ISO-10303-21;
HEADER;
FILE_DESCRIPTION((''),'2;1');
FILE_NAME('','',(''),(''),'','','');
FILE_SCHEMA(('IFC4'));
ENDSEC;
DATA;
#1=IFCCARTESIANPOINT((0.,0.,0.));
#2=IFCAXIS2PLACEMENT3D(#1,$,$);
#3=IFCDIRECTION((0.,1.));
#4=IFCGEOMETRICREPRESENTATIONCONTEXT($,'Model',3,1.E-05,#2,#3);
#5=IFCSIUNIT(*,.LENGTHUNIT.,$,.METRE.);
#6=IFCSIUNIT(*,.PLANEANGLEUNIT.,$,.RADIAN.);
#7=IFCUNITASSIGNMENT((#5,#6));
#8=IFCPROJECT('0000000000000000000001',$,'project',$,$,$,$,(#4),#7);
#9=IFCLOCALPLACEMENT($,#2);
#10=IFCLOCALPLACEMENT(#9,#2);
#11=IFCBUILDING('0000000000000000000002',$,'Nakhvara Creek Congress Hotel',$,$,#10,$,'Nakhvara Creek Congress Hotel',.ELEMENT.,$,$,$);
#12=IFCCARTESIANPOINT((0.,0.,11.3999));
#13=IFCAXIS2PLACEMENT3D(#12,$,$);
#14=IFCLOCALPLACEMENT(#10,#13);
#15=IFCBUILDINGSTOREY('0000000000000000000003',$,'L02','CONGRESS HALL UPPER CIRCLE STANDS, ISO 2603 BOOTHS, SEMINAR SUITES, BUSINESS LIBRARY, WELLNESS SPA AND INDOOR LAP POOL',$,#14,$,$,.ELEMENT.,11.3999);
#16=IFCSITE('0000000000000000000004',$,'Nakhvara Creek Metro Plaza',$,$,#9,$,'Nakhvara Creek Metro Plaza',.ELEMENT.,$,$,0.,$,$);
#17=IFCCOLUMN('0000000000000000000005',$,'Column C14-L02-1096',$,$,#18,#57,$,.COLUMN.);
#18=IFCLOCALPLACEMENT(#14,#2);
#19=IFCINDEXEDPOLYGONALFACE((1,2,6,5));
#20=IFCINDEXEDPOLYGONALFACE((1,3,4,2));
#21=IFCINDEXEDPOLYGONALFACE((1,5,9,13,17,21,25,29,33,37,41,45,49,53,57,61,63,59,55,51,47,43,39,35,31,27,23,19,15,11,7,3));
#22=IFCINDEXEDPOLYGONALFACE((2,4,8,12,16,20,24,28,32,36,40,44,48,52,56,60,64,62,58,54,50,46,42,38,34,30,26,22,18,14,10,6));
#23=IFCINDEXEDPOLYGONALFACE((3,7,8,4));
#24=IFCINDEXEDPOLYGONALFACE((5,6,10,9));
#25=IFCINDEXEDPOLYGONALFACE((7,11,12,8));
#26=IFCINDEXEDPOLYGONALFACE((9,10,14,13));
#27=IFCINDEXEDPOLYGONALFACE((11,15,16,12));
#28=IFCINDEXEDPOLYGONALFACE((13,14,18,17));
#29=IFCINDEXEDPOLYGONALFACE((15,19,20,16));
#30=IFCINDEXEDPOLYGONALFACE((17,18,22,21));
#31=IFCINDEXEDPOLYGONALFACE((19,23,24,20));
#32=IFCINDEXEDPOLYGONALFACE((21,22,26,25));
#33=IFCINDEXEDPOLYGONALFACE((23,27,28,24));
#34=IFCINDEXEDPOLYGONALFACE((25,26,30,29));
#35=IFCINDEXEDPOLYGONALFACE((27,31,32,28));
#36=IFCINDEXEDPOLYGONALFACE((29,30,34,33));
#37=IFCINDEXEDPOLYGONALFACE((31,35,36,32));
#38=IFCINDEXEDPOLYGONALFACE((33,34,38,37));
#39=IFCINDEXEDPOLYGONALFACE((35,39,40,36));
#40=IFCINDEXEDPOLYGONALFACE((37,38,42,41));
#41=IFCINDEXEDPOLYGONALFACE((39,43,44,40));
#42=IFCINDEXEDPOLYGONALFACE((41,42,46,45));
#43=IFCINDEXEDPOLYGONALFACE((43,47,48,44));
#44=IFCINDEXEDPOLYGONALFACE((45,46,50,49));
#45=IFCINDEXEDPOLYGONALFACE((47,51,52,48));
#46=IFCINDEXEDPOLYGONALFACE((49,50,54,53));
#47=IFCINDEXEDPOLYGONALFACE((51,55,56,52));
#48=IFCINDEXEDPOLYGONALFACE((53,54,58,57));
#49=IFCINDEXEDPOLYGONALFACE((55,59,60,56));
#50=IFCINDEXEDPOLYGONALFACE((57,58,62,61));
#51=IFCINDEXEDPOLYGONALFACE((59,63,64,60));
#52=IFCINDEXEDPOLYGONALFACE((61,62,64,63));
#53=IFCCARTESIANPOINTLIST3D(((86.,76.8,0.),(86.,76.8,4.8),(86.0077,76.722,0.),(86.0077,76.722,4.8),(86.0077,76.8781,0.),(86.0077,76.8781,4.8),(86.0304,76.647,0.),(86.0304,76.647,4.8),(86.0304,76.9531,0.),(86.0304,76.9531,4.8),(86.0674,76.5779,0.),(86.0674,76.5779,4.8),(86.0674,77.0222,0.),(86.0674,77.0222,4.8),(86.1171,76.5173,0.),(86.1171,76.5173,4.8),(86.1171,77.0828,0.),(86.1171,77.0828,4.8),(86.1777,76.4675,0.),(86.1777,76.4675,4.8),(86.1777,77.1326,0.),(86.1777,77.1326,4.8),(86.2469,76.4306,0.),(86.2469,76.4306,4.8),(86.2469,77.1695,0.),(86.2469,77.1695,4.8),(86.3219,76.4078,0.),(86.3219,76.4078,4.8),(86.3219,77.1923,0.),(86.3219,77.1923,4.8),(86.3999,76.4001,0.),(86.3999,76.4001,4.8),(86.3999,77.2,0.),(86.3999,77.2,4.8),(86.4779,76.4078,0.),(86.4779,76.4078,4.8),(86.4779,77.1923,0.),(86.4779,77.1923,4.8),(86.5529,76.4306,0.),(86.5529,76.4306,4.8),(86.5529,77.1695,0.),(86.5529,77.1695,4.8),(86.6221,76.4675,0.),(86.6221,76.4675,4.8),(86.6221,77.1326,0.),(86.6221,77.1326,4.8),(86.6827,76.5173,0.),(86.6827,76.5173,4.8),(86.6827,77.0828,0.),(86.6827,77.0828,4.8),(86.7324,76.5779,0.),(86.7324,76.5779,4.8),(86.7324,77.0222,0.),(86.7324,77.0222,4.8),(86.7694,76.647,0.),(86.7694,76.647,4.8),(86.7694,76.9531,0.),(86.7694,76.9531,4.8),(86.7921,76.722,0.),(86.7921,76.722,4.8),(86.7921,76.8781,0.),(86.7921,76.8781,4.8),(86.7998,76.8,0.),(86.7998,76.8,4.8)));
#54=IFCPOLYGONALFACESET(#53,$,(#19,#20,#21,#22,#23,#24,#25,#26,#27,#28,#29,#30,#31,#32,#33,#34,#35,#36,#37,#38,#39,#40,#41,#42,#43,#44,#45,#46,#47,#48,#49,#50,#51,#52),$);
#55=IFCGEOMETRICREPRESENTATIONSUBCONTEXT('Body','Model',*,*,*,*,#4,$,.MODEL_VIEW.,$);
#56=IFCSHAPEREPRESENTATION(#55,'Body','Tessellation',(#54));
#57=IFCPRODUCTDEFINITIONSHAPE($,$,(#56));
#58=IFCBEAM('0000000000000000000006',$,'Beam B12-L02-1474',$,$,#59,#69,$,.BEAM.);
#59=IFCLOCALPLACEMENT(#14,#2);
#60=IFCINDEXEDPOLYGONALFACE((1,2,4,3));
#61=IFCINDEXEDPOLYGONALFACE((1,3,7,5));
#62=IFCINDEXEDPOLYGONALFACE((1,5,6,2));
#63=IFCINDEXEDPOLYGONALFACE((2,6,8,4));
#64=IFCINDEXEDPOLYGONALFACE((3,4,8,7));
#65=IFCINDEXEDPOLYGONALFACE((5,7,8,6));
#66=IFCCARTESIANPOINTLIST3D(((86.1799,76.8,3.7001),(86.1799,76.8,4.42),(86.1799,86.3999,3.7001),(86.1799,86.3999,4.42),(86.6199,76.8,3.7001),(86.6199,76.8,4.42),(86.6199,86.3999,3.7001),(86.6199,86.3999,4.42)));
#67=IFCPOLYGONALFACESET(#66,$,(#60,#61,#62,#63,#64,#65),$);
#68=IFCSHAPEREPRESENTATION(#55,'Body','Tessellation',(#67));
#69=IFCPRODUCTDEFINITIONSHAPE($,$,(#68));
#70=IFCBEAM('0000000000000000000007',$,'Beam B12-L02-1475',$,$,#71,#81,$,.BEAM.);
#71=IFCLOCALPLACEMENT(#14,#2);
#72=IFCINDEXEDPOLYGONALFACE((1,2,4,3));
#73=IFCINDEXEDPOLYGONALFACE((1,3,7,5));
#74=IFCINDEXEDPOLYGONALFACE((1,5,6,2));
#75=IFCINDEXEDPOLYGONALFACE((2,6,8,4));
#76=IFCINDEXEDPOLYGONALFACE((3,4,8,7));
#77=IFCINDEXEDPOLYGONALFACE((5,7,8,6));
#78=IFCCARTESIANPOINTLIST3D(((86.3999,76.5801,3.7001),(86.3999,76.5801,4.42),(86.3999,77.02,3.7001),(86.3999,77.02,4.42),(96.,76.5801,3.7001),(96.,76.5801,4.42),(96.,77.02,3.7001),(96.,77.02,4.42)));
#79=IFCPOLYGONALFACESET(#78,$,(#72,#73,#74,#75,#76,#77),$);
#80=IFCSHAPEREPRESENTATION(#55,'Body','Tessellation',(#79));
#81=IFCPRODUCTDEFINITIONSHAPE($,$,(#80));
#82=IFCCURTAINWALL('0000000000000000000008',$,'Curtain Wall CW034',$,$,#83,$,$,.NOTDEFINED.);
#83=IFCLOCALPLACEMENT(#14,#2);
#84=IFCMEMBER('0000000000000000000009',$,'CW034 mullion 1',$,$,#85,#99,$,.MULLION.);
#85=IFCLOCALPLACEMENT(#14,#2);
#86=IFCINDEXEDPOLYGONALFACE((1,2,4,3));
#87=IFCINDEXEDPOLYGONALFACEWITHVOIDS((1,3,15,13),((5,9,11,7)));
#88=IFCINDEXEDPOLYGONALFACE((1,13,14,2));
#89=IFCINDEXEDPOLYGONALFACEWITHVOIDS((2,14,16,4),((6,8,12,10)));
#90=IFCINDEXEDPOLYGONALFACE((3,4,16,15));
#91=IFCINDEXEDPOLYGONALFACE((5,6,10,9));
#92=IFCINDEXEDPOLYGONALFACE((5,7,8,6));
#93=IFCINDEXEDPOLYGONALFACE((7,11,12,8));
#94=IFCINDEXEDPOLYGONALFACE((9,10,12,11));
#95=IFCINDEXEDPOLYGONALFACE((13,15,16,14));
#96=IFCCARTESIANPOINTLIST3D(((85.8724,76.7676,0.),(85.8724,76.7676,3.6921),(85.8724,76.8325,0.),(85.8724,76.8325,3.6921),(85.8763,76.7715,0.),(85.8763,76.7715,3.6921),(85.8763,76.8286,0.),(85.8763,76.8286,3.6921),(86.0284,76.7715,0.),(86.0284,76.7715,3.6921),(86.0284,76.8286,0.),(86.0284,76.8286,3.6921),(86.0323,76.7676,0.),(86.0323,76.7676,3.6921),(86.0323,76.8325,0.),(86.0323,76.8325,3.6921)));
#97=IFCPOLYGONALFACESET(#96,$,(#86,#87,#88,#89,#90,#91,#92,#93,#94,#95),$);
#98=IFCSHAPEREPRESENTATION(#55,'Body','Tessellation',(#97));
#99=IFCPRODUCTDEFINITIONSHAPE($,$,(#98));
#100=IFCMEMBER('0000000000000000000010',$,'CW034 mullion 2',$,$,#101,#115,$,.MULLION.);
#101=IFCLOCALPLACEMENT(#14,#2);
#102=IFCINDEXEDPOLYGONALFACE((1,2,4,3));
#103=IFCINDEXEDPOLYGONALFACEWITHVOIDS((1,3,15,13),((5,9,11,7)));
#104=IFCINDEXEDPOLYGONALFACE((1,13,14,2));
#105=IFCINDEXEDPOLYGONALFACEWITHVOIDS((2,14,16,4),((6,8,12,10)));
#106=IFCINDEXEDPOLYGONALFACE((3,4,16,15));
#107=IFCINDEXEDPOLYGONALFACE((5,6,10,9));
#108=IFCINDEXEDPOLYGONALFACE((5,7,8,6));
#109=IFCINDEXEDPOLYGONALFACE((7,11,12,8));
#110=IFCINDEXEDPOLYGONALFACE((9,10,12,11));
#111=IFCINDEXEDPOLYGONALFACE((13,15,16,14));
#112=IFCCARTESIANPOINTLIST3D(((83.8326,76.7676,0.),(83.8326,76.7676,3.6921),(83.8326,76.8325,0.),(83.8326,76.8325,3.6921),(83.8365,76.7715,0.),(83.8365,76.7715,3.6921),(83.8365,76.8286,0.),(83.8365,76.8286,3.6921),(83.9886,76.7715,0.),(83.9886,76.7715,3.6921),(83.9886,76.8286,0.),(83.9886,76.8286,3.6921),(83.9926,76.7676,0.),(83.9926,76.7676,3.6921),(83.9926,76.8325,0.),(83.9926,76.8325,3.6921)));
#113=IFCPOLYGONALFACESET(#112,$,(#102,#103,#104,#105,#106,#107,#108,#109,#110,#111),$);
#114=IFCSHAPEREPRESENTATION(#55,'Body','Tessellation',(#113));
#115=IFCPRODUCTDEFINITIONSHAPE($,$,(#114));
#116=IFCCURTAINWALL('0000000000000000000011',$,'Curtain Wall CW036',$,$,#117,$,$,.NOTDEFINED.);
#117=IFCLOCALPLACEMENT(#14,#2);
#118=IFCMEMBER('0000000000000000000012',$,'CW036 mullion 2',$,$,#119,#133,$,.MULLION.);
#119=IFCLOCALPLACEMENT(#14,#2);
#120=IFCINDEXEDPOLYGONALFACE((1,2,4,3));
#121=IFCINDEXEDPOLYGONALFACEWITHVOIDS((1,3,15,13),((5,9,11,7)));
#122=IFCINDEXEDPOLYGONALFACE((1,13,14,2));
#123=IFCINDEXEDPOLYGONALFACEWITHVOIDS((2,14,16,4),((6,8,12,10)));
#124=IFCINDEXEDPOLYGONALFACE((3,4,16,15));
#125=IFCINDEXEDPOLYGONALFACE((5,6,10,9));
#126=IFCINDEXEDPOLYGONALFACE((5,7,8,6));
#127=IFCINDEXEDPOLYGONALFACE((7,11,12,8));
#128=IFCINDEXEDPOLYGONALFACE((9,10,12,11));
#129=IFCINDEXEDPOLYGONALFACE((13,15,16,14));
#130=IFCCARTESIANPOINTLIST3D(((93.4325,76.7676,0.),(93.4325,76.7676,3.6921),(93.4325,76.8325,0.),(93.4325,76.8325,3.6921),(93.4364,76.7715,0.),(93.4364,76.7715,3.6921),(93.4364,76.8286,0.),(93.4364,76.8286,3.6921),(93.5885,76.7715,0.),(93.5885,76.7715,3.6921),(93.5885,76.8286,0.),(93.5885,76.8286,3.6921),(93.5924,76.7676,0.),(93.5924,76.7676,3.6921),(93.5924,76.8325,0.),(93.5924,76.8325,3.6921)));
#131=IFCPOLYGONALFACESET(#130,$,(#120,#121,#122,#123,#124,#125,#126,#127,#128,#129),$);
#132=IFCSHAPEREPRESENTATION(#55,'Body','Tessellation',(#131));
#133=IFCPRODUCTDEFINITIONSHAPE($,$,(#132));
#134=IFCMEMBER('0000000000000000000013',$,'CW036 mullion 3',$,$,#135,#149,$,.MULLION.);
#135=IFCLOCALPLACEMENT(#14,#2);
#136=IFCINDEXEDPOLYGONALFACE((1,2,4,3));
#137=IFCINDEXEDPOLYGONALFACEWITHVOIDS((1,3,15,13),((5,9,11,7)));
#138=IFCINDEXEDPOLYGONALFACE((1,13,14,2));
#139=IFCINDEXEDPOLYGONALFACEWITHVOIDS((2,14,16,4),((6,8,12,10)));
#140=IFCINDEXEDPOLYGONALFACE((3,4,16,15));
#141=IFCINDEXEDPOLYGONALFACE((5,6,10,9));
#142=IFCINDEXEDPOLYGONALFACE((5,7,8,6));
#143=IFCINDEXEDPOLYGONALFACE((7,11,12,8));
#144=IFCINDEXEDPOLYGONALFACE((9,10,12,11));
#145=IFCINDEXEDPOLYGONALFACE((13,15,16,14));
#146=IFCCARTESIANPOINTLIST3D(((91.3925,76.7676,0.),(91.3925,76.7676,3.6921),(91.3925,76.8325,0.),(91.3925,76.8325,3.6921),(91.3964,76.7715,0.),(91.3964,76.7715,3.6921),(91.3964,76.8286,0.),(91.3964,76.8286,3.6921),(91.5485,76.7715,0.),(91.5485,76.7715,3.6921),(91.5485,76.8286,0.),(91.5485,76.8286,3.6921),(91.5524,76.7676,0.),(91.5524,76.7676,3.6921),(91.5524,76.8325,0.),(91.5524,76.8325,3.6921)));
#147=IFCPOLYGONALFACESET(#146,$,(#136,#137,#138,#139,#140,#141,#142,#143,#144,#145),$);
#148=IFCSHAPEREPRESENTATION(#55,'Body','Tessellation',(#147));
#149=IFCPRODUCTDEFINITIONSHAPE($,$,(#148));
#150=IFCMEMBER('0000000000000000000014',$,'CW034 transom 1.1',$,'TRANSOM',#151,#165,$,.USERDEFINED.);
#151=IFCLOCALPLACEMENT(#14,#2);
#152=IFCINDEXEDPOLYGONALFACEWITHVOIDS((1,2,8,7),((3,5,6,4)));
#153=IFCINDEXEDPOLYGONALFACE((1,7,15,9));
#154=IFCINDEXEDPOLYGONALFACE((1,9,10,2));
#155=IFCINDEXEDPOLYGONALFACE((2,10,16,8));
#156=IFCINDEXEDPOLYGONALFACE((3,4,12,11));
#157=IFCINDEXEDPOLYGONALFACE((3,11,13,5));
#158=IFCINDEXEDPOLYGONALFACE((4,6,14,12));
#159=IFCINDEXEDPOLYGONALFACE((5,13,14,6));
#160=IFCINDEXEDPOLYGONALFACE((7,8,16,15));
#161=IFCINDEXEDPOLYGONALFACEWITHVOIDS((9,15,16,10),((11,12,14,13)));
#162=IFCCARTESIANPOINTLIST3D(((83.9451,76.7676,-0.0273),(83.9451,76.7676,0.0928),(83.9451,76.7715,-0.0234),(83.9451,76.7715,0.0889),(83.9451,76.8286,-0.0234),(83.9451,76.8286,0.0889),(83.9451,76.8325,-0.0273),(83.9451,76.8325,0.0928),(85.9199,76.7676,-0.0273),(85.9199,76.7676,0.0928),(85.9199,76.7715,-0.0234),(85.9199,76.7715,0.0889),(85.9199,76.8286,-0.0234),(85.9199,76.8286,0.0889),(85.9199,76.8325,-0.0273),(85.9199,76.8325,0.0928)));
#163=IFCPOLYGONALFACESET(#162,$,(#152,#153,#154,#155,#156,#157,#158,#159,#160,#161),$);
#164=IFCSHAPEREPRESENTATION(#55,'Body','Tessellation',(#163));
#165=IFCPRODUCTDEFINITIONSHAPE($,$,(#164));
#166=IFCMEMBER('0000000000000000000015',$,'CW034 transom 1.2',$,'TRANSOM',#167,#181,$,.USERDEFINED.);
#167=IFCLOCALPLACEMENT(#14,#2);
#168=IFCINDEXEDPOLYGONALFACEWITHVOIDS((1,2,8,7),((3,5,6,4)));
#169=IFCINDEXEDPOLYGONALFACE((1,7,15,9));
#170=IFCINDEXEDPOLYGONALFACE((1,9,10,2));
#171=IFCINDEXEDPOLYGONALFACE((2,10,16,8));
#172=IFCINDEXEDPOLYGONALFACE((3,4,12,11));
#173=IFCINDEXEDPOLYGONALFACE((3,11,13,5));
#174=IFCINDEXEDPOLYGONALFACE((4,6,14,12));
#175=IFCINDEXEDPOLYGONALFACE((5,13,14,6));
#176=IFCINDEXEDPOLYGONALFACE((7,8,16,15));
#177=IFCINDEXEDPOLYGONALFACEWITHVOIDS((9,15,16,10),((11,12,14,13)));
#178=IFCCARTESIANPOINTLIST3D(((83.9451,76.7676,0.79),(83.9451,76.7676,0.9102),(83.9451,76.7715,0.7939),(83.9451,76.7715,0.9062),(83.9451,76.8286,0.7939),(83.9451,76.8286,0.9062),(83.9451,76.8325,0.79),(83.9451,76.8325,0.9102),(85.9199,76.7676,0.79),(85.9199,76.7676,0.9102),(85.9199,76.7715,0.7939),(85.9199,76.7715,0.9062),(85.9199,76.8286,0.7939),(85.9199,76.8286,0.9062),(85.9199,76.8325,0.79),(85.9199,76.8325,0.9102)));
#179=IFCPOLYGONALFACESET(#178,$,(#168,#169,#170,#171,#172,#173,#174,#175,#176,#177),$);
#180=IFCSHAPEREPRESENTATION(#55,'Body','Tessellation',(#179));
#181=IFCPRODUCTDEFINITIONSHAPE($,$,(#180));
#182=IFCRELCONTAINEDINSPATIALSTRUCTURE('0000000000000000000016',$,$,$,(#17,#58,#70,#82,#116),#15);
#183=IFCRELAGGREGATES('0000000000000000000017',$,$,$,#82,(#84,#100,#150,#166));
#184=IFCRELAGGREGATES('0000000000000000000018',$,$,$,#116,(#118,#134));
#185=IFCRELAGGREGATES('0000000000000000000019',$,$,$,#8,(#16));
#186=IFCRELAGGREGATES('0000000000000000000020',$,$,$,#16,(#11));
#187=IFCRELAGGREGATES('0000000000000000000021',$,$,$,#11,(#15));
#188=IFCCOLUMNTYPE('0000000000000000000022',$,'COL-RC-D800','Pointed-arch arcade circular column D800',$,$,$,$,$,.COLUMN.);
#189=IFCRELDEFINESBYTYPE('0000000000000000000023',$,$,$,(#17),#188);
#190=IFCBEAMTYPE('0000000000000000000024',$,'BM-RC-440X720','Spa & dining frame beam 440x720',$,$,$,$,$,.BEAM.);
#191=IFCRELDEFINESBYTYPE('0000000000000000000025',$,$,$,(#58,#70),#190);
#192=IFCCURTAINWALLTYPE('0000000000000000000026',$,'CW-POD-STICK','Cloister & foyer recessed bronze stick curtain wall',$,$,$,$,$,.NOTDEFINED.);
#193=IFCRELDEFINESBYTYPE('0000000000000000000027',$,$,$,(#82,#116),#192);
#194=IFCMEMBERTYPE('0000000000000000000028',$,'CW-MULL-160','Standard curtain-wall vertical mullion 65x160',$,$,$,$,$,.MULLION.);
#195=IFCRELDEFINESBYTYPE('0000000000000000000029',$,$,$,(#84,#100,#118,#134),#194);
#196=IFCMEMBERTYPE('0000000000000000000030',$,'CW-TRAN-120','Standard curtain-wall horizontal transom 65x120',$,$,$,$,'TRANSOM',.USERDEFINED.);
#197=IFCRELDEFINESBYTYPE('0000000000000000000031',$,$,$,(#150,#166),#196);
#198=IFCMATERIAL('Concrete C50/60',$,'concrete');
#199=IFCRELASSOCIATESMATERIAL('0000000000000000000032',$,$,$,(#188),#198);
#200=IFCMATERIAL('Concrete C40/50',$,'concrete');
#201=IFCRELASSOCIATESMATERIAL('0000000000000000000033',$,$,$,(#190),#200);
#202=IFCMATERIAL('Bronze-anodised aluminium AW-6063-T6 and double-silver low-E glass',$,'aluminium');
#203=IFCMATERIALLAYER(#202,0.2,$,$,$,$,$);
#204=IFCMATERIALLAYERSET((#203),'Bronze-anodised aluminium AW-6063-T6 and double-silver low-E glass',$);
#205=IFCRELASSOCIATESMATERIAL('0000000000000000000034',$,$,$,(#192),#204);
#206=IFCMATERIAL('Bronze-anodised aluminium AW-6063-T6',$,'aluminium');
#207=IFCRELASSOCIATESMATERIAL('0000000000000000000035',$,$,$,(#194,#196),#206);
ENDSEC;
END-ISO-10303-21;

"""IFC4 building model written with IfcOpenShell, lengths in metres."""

from ifc_helpers import new_model, si_unit, direction, frame, origin, origin_2d, place, context, subcontext, project, spatial, rectangle, hollow_rectangle, circle, extrude, material, layer, layer_set, material_profile, profile_set, type_object, element, aggregate, save


model = new_model("IFC4")

# Units and contexts
model_context = context("Model", 3, precision=1e-05, world=origin(), true_north=direction((0.0, 1.0)))
body_context = subcontext(model_context, "Body", "Model", "MODEL_VIEW")
ifc_project = project(units=[si_unit("LENGTHUNIT", "METRE"), si_unit("PLANEANGLEUNIT", "RADIAN")], contexts=[model_context])

# Site, building, storey
site_placement = place(None, origin())
site = spatial("IfcSite", under=ifc_project, at=site_placement, Name="Nakhvara Creek Metro Plaza", LongName="Nakhvara Creek Metro Plaza", CompositionType="ELEMENT", RefElevation=0.0)
building_placement = place(site_placement, origin())
building = spatial("IfcBuilding", under=site, at=building_placement, Name="Nakhvara Creek Congress Hotel", LongName="Nakhvara Creek Congress Hotel", CompositionType="ELEMENT")
storey_placement = place(building_placement, frame((0.0, 0.0, 11.3999)))
storey = spatial("IfcBuildingStorey", under=building, at=storey_placement, Name="L02", Description="CONGRESS HALL UPPER CIRCLE STANDS, ISO 2603 BOOTHS, SEMINAR SUITES, BUSINESS LIBRARY, WELLNESS SPA AND INDOOR LAP POOL", CompositionType="ELEMENT", Elevation=11.3999)

# Column
ifc_material_1 = material(Name="Concrete C50/60", Category="concrete")
ifc_material_profile_1 = material_profile(ifc_material_1, circle(Radius=0.3999, at=origin_2d()), Name="RC-COL D800", Category="LoadBearing")
ifc_profile_set_1 = profile_set([ifc_material_profile_1], Name="Concrete C50/60")
column_type = type_object("IfcColumnType", Name="COL-RC-D800", Description="Pointed-arch arcade circular column D800", PredefinedType="COLUMN", material=ifc_profile_set_1)
column_placement = place(storey_placement, frame((86.3999, 76.8, 0.0), z_axis=(0.0, 0.0, 1.0), x_axis=(1.0, 0.0, 0.0)))
element("IfcColumn", 1, at=column_placement, inside=storey, type_object=column_type, Name="Column C14-L02-1096", PredefinedType="COLUMN", context=body_context, shape_type="SweptSolid", body=[
    extrude(circle(Radius=0.3999, at=origin_2d()), origin(), (0.0, 0.0, 1.0), 4.8),
])

# Beams
ifc_material_2 = material(Name="Concrete C40/50", Category="concrete")
ifc_material_profile_2 = material_profile(ifc_material_2, rectangle(XDim=0.4399, YDim=0.72, at=origin_2d()), Name="RC-BM 440x720", Category="LoadBearing")
ifc_profile_set_2 = profile_set([ifc_material_profile_2], Name="Concrete C40/50")
beam_type = type_object("IfcBeamType", Name="BM-RC-440X720", Description="Spa & dining frame beam 440x720", PredefinedType="BEAM", material=ifc_profile_set_2)
beam_1_placement = place(storey_placement, frame((86.3999, 76.8, 4.0601), z_axis=(0.0, 1.0, 0.0), x_axis=(-1.0, 0.0, 0.0)))
element("IfcBeam", 2, at=beam_1_placement, inside=storey, type_object=beam_type, Name="Beam B12-L02-1474", PredefinedType="BEAM", context=body_context, shape_type="SweptSolid", body=[
    extrude(rectangle(XDim=0.4399, YDim=0.72, at=origin_2d()), origin(), (0.0, 0.0, 1.0), 9.5999),
])
beam_2_placement = place(storey_placement, frame((86.3999, 76.8, 4.0601), z_axis=(1.0, 0.0, 0.0), x_axis=(0.0, 1.0, 0.0)))
element("IfcBeam", 3, at=beam_2_placement, inside=storey, type_object=beam_type, Name="Beam B12-L02-1475", PredefinedType="BEAM", context=body_context, shape_type="SweptSolid", body=[
    extrude(rectangle(XDim=0.4399, YDim=0.72, at=origin_2d()), origin(), (0.0, 0.0, 1.0), 9.6001),
])

# Curtain walls, members
ifc_material_3 = material(Name="Bronze-anodised aluminium AW-6063-T6 and double-silver low-E glass", Category="aluminium")
ifc_layer = layer(ifc_material_3, 0.2)
ifc_layer_set = layer_set([ifc_layer], Name="Bronze-anodised aluminium AW-6063-T6 and double-silver low-E glass")
curtain_wall_type = type_object("IfcCurtainWallType", Name="CW-POD-STICK", Description="Cloister & foyer recessed bronze stick curtain wall", PredefinedType="NOTDEFINED", material=ifc_layer_set)
curtain_wall_1_placement = place(storey_placement, origin())
curtain_wall_1 = element("IfcCurtainWall", 4, at=curtain_wall_1_placement, inside=storey, type_object=curtain_wall_type, Name="Curtain Wall CW034", PredefinedType="NOTDEFINED")
ifc_material_4 = material(Name="Bronze-anodised aluminium AW-6063-T6", Category="aluminium")
ifc_material_profile_3 = material_profile(ifc_material_4, hollow_rectangle(XDim=0.0649, YDim=0.1599, WallThickness=0.0039, at=origin_2d()), Name="ALU-MULL 65x160x4", Category="LoadBearing")
ifc_profile_set_3 = profile_set([ifc_material_profile_3], Name="Bronze-anodised aluminium AW-6063-T6")
member_type_1 = type_object("IfcMemberType", Name="CW-MULL-160", Description="Standard curtain-wall vertical mullion 65x160", PredefinedType="MULLION", material=ifc_profile_set_3)
member_1_placement = place(storey_placement, frame((85.9524, 76.8, 0.0), z_axis=(0.0, 0.0, 1.0), x_axis=(0.0, -1.0, 0.0)))
member_1 = element("IfcMember", 5, at=member_1_placement, type_object=member_type_1, Name="CW034 mullion 1", PredefinedType="MULLION", context=body_context, shape_type="SweptSolid", body=[
    extrude(hollow_rectangle(XDim=0.0649, YDim=0.1599, WallThickness=0.0039, at=origin_2d()), origin(), (0.0, 0.0, 1.0), 3.6921),
])
member_2_placement = place(storey_placement, frame((83.9126, 76.8, 0.0), z_axis=(0.0, 0.0, 1.0), x_axis=(0.0, -1.0, 0.0)))
member_2 = element("IfcMember", 6, at=member_2_placement, type_object=member_type_1, Name="CW034 mullion 2", PredefinedType="MULLION", context=body_context, shape_type="SweptSolid", body=[
    extrude(hollow_rectangle(XDim=0.0649, YDim=0.1599, WallThickness=0.0039, at=origin_2d()), origin(), (0.0, 0.0, 1.0), 3.6921),
])
curtain_wall_2_placement = place(storey_placement, origin())
curtain_wall_2 = element("IfcCurtainWall", 7, at=curtain_wall_2_placement, inside=storey, type_object=curtain_wall_type, Name="Curtain Wall CW036", PredefinedType="NOTDEFINED")
member_3_placement = place(storey_placement, frame((93.5125, 76.8, 0.0), z_axis=(0.0, 0.0, 1.0), x_axis=(0.0, -1.0, 0.0)))
member_3 = element("IfcMember", 8, at=member_3_placement, type_object=member_type_1, Name="CW036 mullion 2", PredefinedType="MULLION", context=body_context, shape_type="SweptSolid", body=[
    extrude(hollow_rectangle(XDim=0.0649, YDim=0.1599, WallThickness=0.0039, at=origin_2d()), origin(), (0.0, 0.0, 1.0), 3.6921),
])
member_4_placement = place(storey_placement, frame((91.4724, 76.8, 0.0), z_axis=(0.0, 0.0, 1.0), x_axis=(0.0, -1.0, 0.0)))
member_4 = element("IfcMember", 9, at=member_4_placement, type_object=member_type_1, Name="CW036 mullion 3", PredefinedType="MULLION", context=body_context, shape_type="SweptSolid", body=[
    extrude(hollow_rectangle(XDim=0.0649, YDim=0.1599, WallThickness=0.0039, at=origin_2d()), origin(), (0.0, 0.0, 1.0), 3.6921),
])

# Members
ifc_material_profile_4 = material_profile(ifc_material_4, hollow_rectangle(XDim=0.0649, YDim=0.1201, WallThickness=0.0039, at=origin_2d()), Name="ALU-TRAN 65x120x4", Category="LoadBearing")
ifc_profile_set_4 = profile_set([ifc_material_profile_4], Name="Bronze-anodised aluminium AW-6063-T6")
member_type_2 = type_object("IfcMemberType", Name="CW-TRAN-120", Description="Standard curtain-wall horizontal transom 65x120", ElementType="TRANSOM", PredefinedType="USERDEFINED", material=ifc_profile_set_4)
member_5_placement = place(storey_placement, frame((85.9199, 76.8, 0.0327), z_axis=(-1.0, 0.0, 0.0), x_axis=(0.0, -1.0, 0.0)))
member_5 = element("IfcMember", 10, at=member_5_placement, type_object=member_type_2, Name="CW034 transom 1.1", ObjectType="TRANSOM", PredefinedType="USERDEFINED", context=body_context, shape_type="SweptSolid", body=[
    extrude(hollow_rectangle(XDim=0.0649, YDim=0.1201, WallThickness=0.0039, at=origin_2d()), origin(), (0.0, 0.0, 1.0), 1.9749),
])
member_6_placement = place(storey_placement, frame((85.9199, 76.8, 0.8501), z_axis=(-1.0, 0.0, 0.0), x_axis=(0.0, -1.0, 0.0)))
member_6 = element("IfcMember", 11, at=member_6_placement, type_object=member_type_2, Name="CW034 transom 1.2", ObjectType="TRANSOM", PredefinedType="USERDEFINED", context=body_context, shape_type="SweptSolid", body=[
    extrude(hollow_rectangle(XDim=0.0649, YDim=0.1201, WallThickness=0.0039, at=origin_2d()), origin(), (0.0, 0.0, 1.0), 1.9749),
])

aggregate(curtain_wall_1, [member_1, member_2, member_5, member_6])
aggregate(curtain_wall_2, [member_3, member_4])

save(model, "model.ifc")
